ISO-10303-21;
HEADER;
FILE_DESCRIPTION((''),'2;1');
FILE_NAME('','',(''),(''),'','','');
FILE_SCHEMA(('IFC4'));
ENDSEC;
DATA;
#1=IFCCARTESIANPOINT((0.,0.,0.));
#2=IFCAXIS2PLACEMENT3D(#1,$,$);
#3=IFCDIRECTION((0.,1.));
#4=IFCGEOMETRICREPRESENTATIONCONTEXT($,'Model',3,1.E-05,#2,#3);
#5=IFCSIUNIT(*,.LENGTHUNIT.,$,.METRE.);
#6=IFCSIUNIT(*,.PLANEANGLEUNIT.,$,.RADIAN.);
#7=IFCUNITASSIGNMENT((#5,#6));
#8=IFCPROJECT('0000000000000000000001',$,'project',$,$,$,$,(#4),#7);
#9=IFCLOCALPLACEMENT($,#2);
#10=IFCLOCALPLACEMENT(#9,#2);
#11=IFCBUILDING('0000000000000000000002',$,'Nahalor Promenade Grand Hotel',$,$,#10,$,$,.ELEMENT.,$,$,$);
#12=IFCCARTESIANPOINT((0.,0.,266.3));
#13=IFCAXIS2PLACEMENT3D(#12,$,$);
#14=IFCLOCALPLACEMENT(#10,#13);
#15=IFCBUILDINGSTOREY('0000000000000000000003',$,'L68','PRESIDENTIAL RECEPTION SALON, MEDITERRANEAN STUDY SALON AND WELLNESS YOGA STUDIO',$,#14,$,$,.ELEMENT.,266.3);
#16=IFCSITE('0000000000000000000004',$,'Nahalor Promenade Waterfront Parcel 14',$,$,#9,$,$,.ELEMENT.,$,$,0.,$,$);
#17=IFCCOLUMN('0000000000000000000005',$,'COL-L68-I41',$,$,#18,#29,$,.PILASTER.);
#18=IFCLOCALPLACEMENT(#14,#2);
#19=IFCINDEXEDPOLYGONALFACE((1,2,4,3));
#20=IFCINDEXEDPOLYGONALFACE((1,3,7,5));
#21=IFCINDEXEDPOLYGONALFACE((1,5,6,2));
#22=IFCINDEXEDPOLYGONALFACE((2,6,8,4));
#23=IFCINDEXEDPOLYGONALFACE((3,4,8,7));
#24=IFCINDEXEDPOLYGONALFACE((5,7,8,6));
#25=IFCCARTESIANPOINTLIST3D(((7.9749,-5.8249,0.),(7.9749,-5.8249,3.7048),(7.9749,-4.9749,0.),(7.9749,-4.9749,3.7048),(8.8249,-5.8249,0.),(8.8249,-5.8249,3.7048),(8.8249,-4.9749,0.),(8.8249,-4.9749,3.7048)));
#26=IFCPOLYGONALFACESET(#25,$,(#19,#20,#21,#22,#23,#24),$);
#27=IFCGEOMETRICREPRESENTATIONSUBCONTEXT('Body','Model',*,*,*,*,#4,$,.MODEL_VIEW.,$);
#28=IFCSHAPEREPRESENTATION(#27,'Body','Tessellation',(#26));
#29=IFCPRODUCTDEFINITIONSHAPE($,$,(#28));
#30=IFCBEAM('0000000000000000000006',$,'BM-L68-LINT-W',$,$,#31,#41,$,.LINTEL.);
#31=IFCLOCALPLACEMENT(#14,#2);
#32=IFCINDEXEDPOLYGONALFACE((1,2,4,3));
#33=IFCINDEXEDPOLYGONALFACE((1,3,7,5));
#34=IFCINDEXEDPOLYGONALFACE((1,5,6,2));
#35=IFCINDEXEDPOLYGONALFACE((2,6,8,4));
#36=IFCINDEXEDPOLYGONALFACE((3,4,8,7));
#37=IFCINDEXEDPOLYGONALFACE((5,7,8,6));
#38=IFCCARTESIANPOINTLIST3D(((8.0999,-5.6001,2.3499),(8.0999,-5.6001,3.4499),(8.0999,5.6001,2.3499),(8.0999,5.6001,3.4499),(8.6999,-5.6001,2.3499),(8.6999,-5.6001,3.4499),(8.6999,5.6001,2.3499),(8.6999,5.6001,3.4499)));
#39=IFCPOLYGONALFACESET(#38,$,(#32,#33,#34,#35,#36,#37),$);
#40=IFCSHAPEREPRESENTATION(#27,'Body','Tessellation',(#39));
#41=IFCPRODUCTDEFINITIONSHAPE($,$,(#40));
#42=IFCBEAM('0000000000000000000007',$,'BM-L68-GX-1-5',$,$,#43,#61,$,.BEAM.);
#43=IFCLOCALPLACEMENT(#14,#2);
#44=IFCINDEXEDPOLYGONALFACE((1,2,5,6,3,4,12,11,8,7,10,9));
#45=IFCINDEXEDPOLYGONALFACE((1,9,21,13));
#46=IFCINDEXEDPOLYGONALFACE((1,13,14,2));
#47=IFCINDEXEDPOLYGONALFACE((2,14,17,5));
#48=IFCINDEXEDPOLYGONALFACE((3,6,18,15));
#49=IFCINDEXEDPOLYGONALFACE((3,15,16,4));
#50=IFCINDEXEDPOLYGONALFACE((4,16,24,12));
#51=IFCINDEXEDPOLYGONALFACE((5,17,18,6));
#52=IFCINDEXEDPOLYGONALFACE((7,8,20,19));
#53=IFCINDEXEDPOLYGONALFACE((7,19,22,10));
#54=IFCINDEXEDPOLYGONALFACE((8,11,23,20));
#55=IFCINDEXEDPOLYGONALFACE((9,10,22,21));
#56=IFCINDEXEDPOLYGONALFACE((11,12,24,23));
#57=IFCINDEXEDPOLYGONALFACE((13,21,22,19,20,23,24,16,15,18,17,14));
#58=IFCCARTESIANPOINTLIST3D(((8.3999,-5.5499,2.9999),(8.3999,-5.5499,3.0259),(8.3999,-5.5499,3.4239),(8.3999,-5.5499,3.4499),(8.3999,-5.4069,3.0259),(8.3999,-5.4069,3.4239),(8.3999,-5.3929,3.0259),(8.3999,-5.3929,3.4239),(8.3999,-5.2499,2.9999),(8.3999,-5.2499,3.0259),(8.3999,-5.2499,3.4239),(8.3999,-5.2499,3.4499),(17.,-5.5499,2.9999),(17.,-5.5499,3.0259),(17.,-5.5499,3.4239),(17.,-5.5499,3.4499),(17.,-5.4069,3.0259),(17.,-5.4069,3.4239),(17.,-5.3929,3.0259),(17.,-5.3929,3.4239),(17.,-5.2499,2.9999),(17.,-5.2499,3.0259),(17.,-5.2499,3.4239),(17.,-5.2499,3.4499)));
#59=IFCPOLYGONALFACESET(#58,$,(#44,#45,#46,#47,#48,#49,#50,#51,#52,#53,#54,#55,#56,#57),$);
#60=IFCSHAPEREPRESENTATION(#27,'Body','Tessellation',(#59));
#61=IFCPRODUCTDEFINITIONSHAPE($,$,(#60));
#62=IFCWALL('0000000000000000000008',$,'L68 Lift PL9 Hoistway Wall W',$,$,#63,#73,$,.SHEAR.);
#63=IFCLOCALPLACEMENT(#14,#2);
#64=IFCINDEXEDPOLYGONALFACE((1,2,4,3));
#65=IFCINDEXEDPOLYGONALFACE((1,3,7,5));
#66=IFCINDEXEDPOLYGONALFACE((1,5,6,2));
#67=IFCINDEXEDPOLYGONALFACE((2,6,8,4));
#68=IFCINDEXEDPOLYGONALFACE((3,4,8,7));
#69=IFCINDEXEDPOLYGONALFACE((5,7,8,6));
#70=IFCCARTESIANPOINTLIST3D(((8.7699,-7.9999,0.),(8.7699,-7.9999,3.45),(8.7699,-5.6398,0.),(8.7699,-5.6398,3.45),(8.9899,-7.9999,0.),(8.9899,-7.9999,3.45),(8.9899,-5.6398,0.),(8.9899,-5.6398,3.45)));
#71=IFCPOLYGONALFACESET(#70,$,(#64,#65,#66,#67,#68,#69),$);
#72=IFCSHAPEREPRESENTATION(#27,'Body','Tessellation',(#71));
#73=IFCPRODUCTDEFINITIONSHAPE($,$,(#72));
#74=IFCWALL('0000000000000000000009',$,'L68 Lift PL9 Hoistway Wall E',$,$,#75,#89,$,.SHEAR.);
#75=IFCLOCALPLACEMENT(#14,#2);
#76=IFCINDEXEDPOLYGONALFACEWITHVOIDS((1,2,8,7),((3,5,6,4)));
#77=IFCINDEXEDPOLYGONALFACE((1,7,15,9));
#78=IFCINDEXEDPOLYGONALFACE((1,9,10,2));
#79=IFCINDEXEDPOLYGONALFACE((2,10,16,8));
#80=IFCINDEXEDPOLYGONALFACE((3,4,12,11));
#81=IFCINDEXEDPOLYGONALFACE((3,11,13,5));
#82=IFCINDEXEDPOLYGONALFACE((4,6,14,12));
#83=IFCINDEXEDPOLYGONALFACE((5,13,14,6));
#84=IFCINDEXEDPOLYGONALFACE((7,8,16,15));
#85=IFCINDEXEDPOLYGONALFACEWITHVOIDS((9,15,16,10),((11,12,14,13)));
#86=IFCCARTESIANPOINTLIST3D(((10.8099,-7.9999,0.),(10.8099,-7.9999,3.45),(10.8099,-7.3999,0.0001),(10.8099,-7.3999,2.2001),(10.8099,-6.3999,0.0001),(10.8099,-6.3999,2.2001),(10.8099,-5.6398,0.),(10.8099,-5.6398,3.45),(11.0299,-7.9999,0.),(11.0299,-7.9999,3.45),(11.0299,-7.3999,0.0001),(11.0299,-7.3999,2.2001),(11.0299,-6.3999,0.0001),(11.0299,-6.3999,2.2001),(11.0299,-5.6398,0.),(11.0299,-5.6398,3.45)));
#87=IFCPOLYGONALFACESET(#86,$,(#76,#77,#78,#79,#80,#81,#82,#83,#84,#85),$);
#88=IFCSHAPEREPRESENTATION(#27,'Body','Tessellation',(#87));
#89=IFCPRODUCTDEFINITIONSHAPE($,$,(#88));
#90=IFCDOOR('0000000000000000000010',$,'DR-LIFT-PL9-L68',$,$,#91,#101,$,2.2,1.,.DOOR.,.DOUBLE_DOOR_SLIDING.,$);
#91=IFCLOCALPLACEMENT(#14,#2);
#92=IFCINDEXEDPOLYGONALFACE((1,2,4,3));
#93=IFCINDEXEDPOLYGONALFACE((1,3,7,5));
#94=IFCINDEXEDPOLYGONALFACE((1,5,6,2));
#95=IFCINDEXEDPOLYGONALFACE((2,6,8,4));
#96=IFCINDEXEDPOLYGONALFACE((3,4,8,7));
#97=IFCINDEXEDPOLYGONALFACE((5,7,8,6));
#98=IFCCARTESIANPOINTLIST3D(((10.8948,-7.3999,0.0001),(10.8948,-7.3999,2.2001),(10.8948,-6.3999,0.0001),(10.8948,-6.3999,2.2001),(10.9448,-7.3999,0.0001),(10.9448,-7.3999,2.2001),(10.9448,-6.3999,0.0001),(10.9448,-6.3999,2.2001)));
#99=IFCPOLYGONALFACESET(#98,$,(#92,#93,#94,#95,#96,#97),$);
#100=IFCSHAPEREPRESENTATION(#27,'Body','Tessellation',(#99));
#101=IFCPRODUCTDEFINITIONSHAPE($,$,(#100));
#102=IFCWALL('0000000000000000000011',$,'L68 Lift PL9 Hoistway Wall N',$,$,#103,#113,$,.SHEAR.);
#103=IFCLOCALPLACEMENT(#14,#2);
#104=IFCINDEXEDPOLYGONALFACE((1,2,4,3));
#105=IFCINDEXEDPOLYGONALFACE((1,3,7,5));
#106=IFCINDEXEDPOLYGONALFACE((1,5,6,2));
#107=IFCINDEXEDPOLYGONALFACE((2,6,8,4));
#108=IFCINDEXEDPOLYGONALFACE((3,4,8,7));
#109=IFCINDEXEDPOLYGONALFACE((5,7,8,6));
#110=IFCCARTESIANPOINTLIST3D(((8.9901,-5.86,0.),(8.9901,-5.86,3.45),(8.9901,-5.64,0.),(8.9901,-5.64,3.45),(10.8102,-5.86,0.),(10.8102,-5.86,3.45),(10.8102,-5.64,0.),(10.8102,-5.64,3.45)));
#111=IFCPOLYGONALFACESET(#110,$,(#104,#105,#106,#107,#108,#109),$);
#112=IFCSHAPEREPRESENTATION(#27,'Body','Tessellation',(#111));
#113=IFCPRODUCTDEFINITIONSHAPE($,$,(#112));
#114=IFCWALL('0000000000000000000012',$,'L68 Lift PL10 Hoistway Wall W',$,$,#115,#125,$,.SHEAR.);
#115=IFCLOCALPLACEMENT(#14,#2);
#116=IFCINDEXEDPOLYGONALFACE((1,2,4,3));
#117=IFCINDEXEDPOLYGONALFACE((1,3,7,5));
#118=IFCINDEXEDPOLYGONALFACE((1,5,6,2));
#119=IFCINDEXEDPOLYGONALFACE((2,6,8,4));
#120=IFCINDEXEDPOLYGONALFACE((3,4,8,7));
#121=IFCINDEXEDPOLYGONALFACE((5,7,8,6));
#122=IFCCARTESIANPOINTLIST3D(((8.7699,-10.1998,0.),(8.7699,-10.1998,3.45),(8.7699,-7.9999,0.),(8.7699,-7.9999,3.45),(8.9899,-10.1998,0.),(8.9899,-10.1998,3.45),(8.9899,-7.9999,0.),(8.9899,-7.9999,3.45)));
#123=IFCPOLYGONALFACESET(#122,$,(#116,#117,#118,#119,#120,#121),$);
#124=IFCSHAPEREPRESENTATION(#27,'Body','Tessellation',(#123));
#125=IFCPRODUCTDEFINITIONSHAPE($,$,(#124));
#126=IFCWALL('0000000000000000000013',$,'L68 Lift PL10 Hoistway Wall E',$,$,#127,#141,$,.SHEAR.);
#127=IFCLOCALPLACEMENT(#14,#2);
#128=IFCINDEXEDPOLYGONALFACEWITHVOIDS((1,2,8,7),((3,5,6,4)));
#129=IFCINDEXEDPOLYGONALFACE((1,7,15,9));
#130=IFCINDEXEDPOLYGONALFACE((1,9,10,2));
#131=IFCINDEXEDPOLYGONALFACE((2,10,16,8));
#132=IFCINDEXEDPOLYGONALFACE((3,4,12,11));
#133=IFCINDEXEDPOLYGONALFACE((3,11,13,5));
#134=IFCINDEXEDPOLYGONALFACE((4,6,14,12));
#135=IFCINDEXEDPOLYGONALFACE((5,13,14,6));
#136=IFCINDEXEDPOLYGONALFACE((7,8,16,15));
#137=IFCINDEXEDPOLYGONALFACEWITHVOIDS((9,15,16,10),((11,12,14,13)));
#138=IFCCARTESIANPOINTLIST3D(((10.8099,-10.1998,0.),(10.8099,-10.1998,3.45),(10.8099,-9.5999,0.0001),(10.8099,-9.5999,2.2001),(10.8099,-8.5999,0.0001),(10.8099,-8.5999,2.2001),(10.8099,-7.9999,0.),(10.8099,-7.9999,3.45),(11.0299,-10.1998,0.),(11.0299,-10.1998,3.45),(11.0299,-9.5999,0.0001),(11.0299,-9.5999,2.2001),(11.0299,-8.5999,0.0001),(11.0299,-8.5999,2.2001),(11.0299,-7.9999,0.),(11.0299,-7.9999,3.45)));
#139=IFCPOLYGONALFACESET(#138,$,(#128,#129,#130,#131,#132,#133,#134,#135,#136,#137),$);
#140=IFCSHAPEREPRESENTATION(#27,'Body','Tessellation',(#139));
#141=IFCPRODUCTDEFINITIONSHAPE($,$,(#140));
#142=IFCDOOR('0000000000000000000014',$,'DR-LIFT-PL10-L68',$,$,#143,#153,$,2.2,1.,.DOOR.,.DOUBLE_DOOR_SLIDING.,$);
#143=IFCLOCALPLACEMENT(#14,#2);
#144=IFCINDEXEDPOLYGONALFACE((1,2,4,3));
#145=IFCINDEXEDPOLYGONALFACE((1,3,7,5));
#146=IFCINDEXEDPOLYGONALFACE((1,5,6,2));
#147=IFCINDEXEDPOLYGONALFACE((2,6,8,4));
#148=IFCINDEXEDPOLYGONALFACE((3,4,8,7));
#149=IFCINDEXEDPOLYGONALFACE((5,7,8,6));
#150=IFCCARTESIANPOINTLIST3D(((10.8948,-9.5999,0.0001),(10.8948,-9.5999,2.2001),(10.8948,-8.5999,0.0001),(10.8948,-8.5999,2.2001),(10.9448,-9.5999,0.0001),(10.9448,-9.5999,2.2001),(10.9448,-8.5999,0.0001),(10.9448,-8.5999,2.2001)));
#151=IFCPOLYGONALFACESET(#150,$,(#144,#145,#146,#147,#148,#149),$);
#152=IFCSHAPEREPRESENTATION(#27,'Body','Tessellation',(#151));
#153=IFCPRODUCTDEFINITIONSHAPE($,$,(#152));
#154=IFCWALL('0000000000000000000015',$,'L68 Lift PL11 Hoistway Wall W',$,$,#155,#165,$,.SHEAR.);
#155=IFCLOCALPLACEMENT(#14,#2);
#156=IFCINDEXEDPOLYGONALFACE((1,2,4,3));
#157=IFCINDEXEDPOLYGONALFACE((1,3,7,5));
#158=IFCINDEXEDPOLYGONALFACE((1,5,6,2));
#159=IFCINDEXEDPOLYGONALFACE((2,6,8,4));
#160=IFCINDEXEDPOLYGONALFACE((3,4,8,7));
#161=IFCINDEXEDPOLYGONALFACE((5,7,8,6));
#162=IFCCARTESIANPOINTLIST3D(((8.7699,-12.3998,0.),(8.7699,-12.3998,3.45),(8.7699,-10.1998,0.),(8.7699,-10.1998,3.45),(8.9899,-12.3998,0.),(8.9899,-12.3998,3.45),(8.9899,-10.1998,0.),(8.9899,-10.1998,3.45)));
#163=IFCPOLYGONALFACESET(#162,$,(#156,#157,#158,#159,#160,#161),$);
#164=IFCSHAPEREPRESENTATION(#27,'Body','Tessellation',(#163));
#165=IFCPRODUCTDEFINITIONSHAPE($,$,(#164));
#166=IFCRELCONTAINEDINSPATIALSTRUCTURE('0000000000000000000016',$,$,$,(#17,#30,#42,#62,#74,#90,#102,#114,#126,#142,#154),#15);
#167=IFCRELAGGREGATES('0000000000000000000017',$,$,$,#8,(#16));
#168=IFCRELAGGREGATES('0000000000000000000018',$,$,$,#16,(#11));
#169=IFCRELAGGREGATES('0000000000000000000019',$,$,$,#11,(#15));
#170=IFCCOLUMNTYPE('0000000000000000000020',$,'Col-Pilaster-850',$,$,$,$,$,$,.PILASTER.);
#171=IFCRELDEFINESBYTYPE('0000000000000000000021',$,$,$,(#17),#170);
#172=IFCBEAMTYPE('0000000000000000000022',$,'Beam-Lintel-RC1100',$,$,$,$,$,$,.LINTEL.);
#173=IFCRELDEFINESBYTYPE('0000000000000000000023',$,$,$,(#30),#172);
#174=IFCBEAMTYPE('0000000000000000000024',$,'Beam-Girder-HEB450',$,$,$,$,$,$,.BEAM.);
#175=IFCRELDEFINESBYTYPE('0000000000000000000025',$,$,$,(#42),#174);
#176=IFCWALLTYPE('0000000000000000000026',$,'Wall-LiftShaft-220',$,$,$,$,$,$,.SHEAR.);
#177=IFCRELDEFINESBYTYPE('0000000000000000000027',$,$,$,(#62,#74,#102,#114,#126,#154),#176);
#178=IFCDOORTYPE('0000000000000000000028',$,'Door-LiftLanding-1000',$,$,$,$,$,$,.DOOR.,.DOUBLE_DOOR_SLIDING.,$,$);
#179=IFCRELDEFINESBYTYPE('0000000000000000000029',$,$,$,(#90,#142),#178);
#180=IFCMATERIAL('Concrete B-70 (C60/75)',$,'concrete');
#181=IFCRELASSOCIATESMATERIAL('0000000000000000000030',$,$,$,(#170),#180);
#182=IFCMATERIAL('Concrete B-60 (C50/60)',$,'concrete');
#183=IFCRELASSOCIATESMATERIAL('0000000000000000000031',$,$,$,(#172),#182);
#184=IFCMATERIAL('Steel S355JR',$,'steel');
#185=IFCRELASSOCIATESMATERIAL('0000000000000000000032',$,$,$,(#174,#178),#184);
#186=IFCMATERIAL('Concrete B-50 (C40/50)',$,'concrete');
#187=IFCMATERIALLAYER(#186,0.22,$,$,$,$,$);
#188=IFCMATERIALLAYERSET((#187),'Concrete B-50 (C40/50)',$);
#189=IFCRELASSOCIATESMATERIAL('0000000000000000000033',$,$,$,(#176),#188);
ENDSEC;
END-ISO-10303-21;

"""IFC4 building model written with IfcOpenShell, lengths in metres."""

from ifc_helpers import new_model, si_unit, direction, frame, frame_2d, origin, origin_2d, place, context, subcontext, project, spatial, rectangle, i_section, extrude, source, transform, mapped, material, layer, layer_set, material_profile, profile_set, type_object, element, fill, save


model = new_model("IFC4")

# Units and contexts
model_context = context("Model", 3, precision=1e-05, world=origin(), true_north=direction((0.0, 1.0)))
body_context = subcontext(model_context, "Body", "Model", "MODEL_VIEW")
ifc_project = project(units=[si_unit("LENGTHUNIT", "METRE"), si_unit("PLANEANGLEUNIT", "RADIAN")], contexts=[model_context])

# Site, building, storey
site_placement = place(None, origin())
site = spatial("IfcSite", under=ifc_project, at=site_placement, Name="Nahalor Promenade Waterfront Parcel 14", CompositionType="ELEMENT", RefElevation=0.0)
building_placement = place(site_placement, origin())
building = spatial("IfcBuilding", under=site, at=building_placement, Name="Nahalor Promenade Grand Hotel", CompositionType="ELEMENT")
storey_placement = place(building_placement, frame((0.0, 0.0, 266.3)))
storey = spatial("IfcBuildingStorey", under=building, at=storey_placement, Name="L68", Description="PRESIDENTIAL RECEPTION SALON, MEDITERRANEAN STUDY SALON AND WELLNESS YOGA STUDIO", CompositionType="ELEMENT", Elevation=266.3)

# Column
ifc_material_1 = material(Name="Concrete B-70 (C60/75)", Category="concrete")
ifc_material_profile_1 = material_profile(ifc_material_1, rectangle(XDim=0.85, YDim=0.85, at=origin_2d()), Name="RC 850x850")
ifc_profile_set_1 = profile_set([ifc_material_profile_1], Name="Concrete B-70 (C60/75)")
column_type = type_object("IfcColumnType", Name="Col-Pilaster-850", PredefinedType="PILASTER", material=ifc_profile_set_1)
shared_shape_1 = source(origin(), body_context, "Body", "SweptSolid", [
    extrude(rectangle(XDim=0.85, YDim=0.85, at=origin_2d()), origin(), (0.0, 0.0, 1.0), 3.7048),
])
column_placement = place(storey_placement, frame((8.3999, -5.3999, 0.0), z_axis=(0.0, 0.0, 1.0), x_axis=(1.0, 0.0, 0.0)))
element("IfcColumn", 1, at=column_placement, inside=storey, type_object=column_type, Name="COL-L68-I41", PredefinedType="PILASTER", context=body_context, shape_type="MappedRepresentation", body=[
    mapped(shared_shape_1, transform((0.0, 0.0, 0.0), scale=1.0)),
])

# Beams
ifc_material_2 = material(Name="Concrete B-60 (C50/60)", Category="concrete")
ifc_material_profile_2 = material_profile(ifc_material_2, rectangle(XDim=0.6, YDim=1.1, at=origin_2d()), Name="RC 600x1100")
ifc_profile_set_2 = profile_set([ifc_material_profile_2], Name="Concrete B-60 (C50/60)")
beam_type_1 = type_object("IfcBeamType", Name="Beam-Lintel-RC1100", PredefinedType="LINTEL", material=ifc_profile_set_2)
shared_shape_2 = source(origin(), body_context, "Body", "SweptSolid", [
    extrude(rectangle(XDim=0.6, YDim=1.1, at=origin_2d()), origin(), (0.0, 0.0, 1.0), 11.2002),
])
beam_1_placement = place(storey_placement, frame((8.3999, -5.6001, 2.8999), z_axis=(0.0, 1.0, 0.0), x_axis=(-1.0, 0.0, 0.0)))
element("IfcBeam", 2, at=beam_1_placement, inside=storey, type_object=beam_type_1, Name="BM-L68-LINT-W", PredefinedType="LINTEL", context=body_context, shape_type="MappedRepresentation", body=[
    mapped(shared_shape_2, transform((0.0, 0.0, 0.0), scale=1.0)),
])
ifc_material_3 = material(Name="Steel S355JR", Category="steel")
ifc_material_profile_3 = material_profile(ifc_material_3, i_section(OverallWidth=0.3, OverallDepth=0.45, WebThickness=0.014, FlangeThickness=0.026, at=origin_2d()), Name="HEB 450")
ifc_profile_set_3 = profile_set([ifc_material_profile_3], Name="Steel S355JR")
beam_type_2 = type_object("IfcBeamType", Name="Beam-Girder-HEB450", PredefinedType="BEAM", material=ifc_profile_set_3)
shared_shape_3 = source(origin(), body_context, "Body", "SweptSolid", [
    extrude(i_section(OverallWidth=0.3, OverallDepth=0.45, WebThickness=0.014, FlangeThickness=0.026, at=origin_2d()), origin(), (0.0, 0.0, 1.0), 8.6001),
])
beam_2_placement = place(storey_placement, frame((8.3999, -5.3999, 3.2249), z_axis=(1.0, 0.0, 0.0), x_axis=(0.0, 1.0, 0.0)))
element("IfcBeam", 3, at=beam_2_placement, inside=storey, type_object=beam_type_2, Name="BM-L68-GX-1-5", PredefinedType="BEAM", context=body_context, shape_type="MappedRepresentation", body=[
    mapped(shared_shape_3, transform((0.0, 0.0, 0.0), scale=1.0)),
])

# Wall
ifc_material_4 = material(Name="Concrete B-50 (C40/50)", Category="concrete")
ifc_layer_1 = layer(ifc_material_4, 0.22)
ifc_layer_set_1 = layer_set([ifc_layer_1], Name="Concrete B-50 (C40/50)")
wall_type_1 = type_object("IfcWallType", Name="Wall-LiftShaft-220", PredefinedType="SHEAR", material=ifc_layer_set_1)
shared_shape_4 = source(origin(), body_context, "Body", "SweptSolid", [
    extrude(rectangle(XDim=2.3601, YDim=0.22, at=frame_2d((1.1802, 0.0))), origin(), (0.0, 0.0, 1.0), 3.45),
])
wall_1_placement = place(storey_placement, frame((8.8799, -8.0, 0.0), z_axis=(0.0, 0.0, 1.0), x_axis=(0.0, 1.0, 0.0)))
element("IfcWall", 4, at=wall_1_placement, inside=storey, type_object=wall_type_1, Name="L68 Lift PL9 Hoistway Wall W", PredefinedType="SHEAR", context=body_context, shape_type="MappedRepresentation", body=[
    mapped(shared_shape_4, transform((0.0, 0.0, 0.0), scale=1.0)),
])

# Wall, opening, door
wall_2_placement = place(storey_placement, frame((10.9199, -8.0, 0.0), z_axis=(0.0, 0.0, 1.0), x_axis=(0.0, 1.0, 0.0)))
wall_2 = element("IfcWall", 5, at=wall_2_placement, inside=storey, type_object=wall_type_1, Name="L68 Lift PL9 Hoistway Wall E", PredefinedType="SHEAR", context=body_context, shape_type="MappedRepresentation", body=[
    mapped(shared_shape_4, transform((0.0, 0.0, 0.0), scale=1.0)),
])
opening_1_placement = place(wall_2_placement, frame((0.6001, 0.0, 0.0)))
opening_1 = element("IfcOpeningElement", 6, at=opening_1_placement, cuts=wall_2, PredefinedType="OPENING", context=body_context, shape_type="SweptSolid", body=[
    extrude(rectangle(XDim=1.0, YDim=2.2, at=frame_2d((0.5, 1.1001))), frame((0.0, 0.1199, 0.0), z_axis=(0.0, -1.0, 0.0), x_axis=(1.0, 0.0, 0.0)), (0.0, 0.0, 1.0), 0.24),
])
door_type_1 = type_object("IfcDoorType", Name="Door-LiftLanding-1000", OperationType="DOUBLE_DOOR_SLIDING", PredefinedType="DOOR", material=ifc_material_3)
shared_shape_5 = source(origin(), body_context, "Body", "SweptSolid", [
    extrude(rectangle(XDim=1.0, YDim=2.2, at=frame_2d((0.5, 1.1001))), frame((0.0, 0.0249, 0.0), z_axis=(0.0, -1.0, 0.0), x_axis=(1.0, 0.0, 0.0)), (0.0, 0.0, 1.0), 0.05),
])
door_1_placement = place(opening_1_placement, frame((1.0, 0.0, 0.0), z_axis=(0.0, 0.0, 1.0), x_axis=(-1.0, 0.0, 0.0)))
door_1 = element("IfcDoor", 7, at=door_1_placement, inside=storey, type_object=door_type_1, Name="DR-LIFT-PL9-L68", OperationType="DOUBLE_DOOR_SLIDING", OverallHeight=2.2, OverallWidth=1.0, PredefinedType="DOOR", context=body_context, shape_type="MappedRepresentation", body=[
    mapped(shared_shape_5, transform((0.0, 0.0, 0.0), scale=1.0)),
])
fill(opening_1, door_1)

# Walls
shared_shape_6 = source(origin(), body_context, "Body", "SweptSolid", [
    extrude(rectangle(XDim=1.8201, YDim=0.22, at=frame_2d((0.9102, 0.0))), origin(), (0.0, 0.0, 1.0), 3.45),
])
wall_3_placement = place(storey_placement, frame((8.99, -5.75, 0.0), z_axis=(0.0, 0.0, 1.0), x_axis=(1.0, 0.0, 0.0)))
element("IfcWall", 8, at=wall_3_placement, inside=storey, type_object=wall_type_1, Name="L68 Lift PL9 Hoistway Wall N", PredefinedType="SHEAR", context=body_context, shape_type="MappedRepresentation", body=[
    mapped(shared_shape_6, transform((0.0, 0.0, 0.0), scale=1.0)),
])
shared_shape_7 = source(origin(), body_context, "Body", "SweptSolid", [
    extrude(rectangle(XDim=2.2, YDim=0.22, at=frame_2d((1.1001, 0.0))), origin(), (0.0, 0.0, 1.0), 3.45),
])
wall_4_placement = place(storey_placement, frame((8.8799, -10.2, 0.0), z_axis=(0.0, 0.0, 1.0), x_axis=(0.0, 1.0, 0.0)))
element("IfcWall", 9, at=wall_4_placement, inside=storey, type_object=wall_type_1, Name="L68 Lift PL10 Hoistway Wall W", PredefinedType="SHEAR", context=body_context, shape_type="MappedRepresentation", body=[
    mapped(shared_shape_7, transform((0.0, 0.0, 0.0), scale=1.0)),
])

# Wall, opening, door
wall_5_placement = place(storey_placement, frame((10.9199, -10.2, 0.0), z_axis=(0.0, 0.0, 1.0), x_axis=(0.0, 1.0, 0.0)))
wall_5 = element("IfcWall", 10, at=wall_5_placement, inside=storey, type_object=wall_type_1, Name="L68 Lift PL10 Hoistway Wall E", PredefinedType="SHEAR", context=body_context, shape_type="MappedRepresentation", body=[
    mapped(shared_shape_7, transform((0.0, 0.0, 0.0), scale=1.0)),
])
opening_2_placement = place(wall_5_placement, frame((0.6001, 0.0, 0.0)))
opening_2 = element("IfcOpeningElement", 11, at=opening_2_placement, cuts=wall_5, PredefinedType="OPENING", context=body_context, shape_type="SweptSolid", body=[
    extrude(rectangle(XDim=1.0, YDim=2.2, at=frame_2d((0.5, 1.1001))), frame((0.0, 0.1199, 0.0), z_axis=(0.0, -1.0, 0.0), x_axis=(1.0, 0.0, 0.0)), (0.0, 0.0, 1.0), 0.24),
])
door_2_placement = place(opening_2_placement, frame((1.0, 0.0, 0.0), z_axis=(0.0, 0.0, 1.0), x_axis=(-1.0, 0.0, 0.0)))
door_2 = element("IfcDoor", 12, at=door_2_placement, inside=storey, type_object=door_type_1, Name="DR-LIFT-PL10-L68", OperationType="DOUBLE_DOOR_SLIDING", OverallHeight=2.2, OverallWidth=1.0, PredefinedType="DOOR", context=body_context, shape_type="MappedRepresentation", body=[
    mapped(shared_shape_5, transform((0.0, 0.0, 0.0), scale=1.0)),
])
fill(opening_2, door_2)

# Wall
wall_6_placement = place(storey_placement, frame((8.8799, -12.3999, 0.0), z_axis=(0.0, 0.0, 1.0), x_axis=(0.0, 1.0, 0.0)))
element("IfcWall", 13, at=wall_6_placement, inside=storey, type_object=wall_type_1, Name="L68 Lift PL11 Hoistway Wall W", PredefinedType="SHEAR", context=body_context, shape_type="MappedRepresentation", body=[
    mapped(shared_shape_7, transform((0.0, 0.0, 0.0), scale=1.0)),
])

save(model, "model.ifc")
